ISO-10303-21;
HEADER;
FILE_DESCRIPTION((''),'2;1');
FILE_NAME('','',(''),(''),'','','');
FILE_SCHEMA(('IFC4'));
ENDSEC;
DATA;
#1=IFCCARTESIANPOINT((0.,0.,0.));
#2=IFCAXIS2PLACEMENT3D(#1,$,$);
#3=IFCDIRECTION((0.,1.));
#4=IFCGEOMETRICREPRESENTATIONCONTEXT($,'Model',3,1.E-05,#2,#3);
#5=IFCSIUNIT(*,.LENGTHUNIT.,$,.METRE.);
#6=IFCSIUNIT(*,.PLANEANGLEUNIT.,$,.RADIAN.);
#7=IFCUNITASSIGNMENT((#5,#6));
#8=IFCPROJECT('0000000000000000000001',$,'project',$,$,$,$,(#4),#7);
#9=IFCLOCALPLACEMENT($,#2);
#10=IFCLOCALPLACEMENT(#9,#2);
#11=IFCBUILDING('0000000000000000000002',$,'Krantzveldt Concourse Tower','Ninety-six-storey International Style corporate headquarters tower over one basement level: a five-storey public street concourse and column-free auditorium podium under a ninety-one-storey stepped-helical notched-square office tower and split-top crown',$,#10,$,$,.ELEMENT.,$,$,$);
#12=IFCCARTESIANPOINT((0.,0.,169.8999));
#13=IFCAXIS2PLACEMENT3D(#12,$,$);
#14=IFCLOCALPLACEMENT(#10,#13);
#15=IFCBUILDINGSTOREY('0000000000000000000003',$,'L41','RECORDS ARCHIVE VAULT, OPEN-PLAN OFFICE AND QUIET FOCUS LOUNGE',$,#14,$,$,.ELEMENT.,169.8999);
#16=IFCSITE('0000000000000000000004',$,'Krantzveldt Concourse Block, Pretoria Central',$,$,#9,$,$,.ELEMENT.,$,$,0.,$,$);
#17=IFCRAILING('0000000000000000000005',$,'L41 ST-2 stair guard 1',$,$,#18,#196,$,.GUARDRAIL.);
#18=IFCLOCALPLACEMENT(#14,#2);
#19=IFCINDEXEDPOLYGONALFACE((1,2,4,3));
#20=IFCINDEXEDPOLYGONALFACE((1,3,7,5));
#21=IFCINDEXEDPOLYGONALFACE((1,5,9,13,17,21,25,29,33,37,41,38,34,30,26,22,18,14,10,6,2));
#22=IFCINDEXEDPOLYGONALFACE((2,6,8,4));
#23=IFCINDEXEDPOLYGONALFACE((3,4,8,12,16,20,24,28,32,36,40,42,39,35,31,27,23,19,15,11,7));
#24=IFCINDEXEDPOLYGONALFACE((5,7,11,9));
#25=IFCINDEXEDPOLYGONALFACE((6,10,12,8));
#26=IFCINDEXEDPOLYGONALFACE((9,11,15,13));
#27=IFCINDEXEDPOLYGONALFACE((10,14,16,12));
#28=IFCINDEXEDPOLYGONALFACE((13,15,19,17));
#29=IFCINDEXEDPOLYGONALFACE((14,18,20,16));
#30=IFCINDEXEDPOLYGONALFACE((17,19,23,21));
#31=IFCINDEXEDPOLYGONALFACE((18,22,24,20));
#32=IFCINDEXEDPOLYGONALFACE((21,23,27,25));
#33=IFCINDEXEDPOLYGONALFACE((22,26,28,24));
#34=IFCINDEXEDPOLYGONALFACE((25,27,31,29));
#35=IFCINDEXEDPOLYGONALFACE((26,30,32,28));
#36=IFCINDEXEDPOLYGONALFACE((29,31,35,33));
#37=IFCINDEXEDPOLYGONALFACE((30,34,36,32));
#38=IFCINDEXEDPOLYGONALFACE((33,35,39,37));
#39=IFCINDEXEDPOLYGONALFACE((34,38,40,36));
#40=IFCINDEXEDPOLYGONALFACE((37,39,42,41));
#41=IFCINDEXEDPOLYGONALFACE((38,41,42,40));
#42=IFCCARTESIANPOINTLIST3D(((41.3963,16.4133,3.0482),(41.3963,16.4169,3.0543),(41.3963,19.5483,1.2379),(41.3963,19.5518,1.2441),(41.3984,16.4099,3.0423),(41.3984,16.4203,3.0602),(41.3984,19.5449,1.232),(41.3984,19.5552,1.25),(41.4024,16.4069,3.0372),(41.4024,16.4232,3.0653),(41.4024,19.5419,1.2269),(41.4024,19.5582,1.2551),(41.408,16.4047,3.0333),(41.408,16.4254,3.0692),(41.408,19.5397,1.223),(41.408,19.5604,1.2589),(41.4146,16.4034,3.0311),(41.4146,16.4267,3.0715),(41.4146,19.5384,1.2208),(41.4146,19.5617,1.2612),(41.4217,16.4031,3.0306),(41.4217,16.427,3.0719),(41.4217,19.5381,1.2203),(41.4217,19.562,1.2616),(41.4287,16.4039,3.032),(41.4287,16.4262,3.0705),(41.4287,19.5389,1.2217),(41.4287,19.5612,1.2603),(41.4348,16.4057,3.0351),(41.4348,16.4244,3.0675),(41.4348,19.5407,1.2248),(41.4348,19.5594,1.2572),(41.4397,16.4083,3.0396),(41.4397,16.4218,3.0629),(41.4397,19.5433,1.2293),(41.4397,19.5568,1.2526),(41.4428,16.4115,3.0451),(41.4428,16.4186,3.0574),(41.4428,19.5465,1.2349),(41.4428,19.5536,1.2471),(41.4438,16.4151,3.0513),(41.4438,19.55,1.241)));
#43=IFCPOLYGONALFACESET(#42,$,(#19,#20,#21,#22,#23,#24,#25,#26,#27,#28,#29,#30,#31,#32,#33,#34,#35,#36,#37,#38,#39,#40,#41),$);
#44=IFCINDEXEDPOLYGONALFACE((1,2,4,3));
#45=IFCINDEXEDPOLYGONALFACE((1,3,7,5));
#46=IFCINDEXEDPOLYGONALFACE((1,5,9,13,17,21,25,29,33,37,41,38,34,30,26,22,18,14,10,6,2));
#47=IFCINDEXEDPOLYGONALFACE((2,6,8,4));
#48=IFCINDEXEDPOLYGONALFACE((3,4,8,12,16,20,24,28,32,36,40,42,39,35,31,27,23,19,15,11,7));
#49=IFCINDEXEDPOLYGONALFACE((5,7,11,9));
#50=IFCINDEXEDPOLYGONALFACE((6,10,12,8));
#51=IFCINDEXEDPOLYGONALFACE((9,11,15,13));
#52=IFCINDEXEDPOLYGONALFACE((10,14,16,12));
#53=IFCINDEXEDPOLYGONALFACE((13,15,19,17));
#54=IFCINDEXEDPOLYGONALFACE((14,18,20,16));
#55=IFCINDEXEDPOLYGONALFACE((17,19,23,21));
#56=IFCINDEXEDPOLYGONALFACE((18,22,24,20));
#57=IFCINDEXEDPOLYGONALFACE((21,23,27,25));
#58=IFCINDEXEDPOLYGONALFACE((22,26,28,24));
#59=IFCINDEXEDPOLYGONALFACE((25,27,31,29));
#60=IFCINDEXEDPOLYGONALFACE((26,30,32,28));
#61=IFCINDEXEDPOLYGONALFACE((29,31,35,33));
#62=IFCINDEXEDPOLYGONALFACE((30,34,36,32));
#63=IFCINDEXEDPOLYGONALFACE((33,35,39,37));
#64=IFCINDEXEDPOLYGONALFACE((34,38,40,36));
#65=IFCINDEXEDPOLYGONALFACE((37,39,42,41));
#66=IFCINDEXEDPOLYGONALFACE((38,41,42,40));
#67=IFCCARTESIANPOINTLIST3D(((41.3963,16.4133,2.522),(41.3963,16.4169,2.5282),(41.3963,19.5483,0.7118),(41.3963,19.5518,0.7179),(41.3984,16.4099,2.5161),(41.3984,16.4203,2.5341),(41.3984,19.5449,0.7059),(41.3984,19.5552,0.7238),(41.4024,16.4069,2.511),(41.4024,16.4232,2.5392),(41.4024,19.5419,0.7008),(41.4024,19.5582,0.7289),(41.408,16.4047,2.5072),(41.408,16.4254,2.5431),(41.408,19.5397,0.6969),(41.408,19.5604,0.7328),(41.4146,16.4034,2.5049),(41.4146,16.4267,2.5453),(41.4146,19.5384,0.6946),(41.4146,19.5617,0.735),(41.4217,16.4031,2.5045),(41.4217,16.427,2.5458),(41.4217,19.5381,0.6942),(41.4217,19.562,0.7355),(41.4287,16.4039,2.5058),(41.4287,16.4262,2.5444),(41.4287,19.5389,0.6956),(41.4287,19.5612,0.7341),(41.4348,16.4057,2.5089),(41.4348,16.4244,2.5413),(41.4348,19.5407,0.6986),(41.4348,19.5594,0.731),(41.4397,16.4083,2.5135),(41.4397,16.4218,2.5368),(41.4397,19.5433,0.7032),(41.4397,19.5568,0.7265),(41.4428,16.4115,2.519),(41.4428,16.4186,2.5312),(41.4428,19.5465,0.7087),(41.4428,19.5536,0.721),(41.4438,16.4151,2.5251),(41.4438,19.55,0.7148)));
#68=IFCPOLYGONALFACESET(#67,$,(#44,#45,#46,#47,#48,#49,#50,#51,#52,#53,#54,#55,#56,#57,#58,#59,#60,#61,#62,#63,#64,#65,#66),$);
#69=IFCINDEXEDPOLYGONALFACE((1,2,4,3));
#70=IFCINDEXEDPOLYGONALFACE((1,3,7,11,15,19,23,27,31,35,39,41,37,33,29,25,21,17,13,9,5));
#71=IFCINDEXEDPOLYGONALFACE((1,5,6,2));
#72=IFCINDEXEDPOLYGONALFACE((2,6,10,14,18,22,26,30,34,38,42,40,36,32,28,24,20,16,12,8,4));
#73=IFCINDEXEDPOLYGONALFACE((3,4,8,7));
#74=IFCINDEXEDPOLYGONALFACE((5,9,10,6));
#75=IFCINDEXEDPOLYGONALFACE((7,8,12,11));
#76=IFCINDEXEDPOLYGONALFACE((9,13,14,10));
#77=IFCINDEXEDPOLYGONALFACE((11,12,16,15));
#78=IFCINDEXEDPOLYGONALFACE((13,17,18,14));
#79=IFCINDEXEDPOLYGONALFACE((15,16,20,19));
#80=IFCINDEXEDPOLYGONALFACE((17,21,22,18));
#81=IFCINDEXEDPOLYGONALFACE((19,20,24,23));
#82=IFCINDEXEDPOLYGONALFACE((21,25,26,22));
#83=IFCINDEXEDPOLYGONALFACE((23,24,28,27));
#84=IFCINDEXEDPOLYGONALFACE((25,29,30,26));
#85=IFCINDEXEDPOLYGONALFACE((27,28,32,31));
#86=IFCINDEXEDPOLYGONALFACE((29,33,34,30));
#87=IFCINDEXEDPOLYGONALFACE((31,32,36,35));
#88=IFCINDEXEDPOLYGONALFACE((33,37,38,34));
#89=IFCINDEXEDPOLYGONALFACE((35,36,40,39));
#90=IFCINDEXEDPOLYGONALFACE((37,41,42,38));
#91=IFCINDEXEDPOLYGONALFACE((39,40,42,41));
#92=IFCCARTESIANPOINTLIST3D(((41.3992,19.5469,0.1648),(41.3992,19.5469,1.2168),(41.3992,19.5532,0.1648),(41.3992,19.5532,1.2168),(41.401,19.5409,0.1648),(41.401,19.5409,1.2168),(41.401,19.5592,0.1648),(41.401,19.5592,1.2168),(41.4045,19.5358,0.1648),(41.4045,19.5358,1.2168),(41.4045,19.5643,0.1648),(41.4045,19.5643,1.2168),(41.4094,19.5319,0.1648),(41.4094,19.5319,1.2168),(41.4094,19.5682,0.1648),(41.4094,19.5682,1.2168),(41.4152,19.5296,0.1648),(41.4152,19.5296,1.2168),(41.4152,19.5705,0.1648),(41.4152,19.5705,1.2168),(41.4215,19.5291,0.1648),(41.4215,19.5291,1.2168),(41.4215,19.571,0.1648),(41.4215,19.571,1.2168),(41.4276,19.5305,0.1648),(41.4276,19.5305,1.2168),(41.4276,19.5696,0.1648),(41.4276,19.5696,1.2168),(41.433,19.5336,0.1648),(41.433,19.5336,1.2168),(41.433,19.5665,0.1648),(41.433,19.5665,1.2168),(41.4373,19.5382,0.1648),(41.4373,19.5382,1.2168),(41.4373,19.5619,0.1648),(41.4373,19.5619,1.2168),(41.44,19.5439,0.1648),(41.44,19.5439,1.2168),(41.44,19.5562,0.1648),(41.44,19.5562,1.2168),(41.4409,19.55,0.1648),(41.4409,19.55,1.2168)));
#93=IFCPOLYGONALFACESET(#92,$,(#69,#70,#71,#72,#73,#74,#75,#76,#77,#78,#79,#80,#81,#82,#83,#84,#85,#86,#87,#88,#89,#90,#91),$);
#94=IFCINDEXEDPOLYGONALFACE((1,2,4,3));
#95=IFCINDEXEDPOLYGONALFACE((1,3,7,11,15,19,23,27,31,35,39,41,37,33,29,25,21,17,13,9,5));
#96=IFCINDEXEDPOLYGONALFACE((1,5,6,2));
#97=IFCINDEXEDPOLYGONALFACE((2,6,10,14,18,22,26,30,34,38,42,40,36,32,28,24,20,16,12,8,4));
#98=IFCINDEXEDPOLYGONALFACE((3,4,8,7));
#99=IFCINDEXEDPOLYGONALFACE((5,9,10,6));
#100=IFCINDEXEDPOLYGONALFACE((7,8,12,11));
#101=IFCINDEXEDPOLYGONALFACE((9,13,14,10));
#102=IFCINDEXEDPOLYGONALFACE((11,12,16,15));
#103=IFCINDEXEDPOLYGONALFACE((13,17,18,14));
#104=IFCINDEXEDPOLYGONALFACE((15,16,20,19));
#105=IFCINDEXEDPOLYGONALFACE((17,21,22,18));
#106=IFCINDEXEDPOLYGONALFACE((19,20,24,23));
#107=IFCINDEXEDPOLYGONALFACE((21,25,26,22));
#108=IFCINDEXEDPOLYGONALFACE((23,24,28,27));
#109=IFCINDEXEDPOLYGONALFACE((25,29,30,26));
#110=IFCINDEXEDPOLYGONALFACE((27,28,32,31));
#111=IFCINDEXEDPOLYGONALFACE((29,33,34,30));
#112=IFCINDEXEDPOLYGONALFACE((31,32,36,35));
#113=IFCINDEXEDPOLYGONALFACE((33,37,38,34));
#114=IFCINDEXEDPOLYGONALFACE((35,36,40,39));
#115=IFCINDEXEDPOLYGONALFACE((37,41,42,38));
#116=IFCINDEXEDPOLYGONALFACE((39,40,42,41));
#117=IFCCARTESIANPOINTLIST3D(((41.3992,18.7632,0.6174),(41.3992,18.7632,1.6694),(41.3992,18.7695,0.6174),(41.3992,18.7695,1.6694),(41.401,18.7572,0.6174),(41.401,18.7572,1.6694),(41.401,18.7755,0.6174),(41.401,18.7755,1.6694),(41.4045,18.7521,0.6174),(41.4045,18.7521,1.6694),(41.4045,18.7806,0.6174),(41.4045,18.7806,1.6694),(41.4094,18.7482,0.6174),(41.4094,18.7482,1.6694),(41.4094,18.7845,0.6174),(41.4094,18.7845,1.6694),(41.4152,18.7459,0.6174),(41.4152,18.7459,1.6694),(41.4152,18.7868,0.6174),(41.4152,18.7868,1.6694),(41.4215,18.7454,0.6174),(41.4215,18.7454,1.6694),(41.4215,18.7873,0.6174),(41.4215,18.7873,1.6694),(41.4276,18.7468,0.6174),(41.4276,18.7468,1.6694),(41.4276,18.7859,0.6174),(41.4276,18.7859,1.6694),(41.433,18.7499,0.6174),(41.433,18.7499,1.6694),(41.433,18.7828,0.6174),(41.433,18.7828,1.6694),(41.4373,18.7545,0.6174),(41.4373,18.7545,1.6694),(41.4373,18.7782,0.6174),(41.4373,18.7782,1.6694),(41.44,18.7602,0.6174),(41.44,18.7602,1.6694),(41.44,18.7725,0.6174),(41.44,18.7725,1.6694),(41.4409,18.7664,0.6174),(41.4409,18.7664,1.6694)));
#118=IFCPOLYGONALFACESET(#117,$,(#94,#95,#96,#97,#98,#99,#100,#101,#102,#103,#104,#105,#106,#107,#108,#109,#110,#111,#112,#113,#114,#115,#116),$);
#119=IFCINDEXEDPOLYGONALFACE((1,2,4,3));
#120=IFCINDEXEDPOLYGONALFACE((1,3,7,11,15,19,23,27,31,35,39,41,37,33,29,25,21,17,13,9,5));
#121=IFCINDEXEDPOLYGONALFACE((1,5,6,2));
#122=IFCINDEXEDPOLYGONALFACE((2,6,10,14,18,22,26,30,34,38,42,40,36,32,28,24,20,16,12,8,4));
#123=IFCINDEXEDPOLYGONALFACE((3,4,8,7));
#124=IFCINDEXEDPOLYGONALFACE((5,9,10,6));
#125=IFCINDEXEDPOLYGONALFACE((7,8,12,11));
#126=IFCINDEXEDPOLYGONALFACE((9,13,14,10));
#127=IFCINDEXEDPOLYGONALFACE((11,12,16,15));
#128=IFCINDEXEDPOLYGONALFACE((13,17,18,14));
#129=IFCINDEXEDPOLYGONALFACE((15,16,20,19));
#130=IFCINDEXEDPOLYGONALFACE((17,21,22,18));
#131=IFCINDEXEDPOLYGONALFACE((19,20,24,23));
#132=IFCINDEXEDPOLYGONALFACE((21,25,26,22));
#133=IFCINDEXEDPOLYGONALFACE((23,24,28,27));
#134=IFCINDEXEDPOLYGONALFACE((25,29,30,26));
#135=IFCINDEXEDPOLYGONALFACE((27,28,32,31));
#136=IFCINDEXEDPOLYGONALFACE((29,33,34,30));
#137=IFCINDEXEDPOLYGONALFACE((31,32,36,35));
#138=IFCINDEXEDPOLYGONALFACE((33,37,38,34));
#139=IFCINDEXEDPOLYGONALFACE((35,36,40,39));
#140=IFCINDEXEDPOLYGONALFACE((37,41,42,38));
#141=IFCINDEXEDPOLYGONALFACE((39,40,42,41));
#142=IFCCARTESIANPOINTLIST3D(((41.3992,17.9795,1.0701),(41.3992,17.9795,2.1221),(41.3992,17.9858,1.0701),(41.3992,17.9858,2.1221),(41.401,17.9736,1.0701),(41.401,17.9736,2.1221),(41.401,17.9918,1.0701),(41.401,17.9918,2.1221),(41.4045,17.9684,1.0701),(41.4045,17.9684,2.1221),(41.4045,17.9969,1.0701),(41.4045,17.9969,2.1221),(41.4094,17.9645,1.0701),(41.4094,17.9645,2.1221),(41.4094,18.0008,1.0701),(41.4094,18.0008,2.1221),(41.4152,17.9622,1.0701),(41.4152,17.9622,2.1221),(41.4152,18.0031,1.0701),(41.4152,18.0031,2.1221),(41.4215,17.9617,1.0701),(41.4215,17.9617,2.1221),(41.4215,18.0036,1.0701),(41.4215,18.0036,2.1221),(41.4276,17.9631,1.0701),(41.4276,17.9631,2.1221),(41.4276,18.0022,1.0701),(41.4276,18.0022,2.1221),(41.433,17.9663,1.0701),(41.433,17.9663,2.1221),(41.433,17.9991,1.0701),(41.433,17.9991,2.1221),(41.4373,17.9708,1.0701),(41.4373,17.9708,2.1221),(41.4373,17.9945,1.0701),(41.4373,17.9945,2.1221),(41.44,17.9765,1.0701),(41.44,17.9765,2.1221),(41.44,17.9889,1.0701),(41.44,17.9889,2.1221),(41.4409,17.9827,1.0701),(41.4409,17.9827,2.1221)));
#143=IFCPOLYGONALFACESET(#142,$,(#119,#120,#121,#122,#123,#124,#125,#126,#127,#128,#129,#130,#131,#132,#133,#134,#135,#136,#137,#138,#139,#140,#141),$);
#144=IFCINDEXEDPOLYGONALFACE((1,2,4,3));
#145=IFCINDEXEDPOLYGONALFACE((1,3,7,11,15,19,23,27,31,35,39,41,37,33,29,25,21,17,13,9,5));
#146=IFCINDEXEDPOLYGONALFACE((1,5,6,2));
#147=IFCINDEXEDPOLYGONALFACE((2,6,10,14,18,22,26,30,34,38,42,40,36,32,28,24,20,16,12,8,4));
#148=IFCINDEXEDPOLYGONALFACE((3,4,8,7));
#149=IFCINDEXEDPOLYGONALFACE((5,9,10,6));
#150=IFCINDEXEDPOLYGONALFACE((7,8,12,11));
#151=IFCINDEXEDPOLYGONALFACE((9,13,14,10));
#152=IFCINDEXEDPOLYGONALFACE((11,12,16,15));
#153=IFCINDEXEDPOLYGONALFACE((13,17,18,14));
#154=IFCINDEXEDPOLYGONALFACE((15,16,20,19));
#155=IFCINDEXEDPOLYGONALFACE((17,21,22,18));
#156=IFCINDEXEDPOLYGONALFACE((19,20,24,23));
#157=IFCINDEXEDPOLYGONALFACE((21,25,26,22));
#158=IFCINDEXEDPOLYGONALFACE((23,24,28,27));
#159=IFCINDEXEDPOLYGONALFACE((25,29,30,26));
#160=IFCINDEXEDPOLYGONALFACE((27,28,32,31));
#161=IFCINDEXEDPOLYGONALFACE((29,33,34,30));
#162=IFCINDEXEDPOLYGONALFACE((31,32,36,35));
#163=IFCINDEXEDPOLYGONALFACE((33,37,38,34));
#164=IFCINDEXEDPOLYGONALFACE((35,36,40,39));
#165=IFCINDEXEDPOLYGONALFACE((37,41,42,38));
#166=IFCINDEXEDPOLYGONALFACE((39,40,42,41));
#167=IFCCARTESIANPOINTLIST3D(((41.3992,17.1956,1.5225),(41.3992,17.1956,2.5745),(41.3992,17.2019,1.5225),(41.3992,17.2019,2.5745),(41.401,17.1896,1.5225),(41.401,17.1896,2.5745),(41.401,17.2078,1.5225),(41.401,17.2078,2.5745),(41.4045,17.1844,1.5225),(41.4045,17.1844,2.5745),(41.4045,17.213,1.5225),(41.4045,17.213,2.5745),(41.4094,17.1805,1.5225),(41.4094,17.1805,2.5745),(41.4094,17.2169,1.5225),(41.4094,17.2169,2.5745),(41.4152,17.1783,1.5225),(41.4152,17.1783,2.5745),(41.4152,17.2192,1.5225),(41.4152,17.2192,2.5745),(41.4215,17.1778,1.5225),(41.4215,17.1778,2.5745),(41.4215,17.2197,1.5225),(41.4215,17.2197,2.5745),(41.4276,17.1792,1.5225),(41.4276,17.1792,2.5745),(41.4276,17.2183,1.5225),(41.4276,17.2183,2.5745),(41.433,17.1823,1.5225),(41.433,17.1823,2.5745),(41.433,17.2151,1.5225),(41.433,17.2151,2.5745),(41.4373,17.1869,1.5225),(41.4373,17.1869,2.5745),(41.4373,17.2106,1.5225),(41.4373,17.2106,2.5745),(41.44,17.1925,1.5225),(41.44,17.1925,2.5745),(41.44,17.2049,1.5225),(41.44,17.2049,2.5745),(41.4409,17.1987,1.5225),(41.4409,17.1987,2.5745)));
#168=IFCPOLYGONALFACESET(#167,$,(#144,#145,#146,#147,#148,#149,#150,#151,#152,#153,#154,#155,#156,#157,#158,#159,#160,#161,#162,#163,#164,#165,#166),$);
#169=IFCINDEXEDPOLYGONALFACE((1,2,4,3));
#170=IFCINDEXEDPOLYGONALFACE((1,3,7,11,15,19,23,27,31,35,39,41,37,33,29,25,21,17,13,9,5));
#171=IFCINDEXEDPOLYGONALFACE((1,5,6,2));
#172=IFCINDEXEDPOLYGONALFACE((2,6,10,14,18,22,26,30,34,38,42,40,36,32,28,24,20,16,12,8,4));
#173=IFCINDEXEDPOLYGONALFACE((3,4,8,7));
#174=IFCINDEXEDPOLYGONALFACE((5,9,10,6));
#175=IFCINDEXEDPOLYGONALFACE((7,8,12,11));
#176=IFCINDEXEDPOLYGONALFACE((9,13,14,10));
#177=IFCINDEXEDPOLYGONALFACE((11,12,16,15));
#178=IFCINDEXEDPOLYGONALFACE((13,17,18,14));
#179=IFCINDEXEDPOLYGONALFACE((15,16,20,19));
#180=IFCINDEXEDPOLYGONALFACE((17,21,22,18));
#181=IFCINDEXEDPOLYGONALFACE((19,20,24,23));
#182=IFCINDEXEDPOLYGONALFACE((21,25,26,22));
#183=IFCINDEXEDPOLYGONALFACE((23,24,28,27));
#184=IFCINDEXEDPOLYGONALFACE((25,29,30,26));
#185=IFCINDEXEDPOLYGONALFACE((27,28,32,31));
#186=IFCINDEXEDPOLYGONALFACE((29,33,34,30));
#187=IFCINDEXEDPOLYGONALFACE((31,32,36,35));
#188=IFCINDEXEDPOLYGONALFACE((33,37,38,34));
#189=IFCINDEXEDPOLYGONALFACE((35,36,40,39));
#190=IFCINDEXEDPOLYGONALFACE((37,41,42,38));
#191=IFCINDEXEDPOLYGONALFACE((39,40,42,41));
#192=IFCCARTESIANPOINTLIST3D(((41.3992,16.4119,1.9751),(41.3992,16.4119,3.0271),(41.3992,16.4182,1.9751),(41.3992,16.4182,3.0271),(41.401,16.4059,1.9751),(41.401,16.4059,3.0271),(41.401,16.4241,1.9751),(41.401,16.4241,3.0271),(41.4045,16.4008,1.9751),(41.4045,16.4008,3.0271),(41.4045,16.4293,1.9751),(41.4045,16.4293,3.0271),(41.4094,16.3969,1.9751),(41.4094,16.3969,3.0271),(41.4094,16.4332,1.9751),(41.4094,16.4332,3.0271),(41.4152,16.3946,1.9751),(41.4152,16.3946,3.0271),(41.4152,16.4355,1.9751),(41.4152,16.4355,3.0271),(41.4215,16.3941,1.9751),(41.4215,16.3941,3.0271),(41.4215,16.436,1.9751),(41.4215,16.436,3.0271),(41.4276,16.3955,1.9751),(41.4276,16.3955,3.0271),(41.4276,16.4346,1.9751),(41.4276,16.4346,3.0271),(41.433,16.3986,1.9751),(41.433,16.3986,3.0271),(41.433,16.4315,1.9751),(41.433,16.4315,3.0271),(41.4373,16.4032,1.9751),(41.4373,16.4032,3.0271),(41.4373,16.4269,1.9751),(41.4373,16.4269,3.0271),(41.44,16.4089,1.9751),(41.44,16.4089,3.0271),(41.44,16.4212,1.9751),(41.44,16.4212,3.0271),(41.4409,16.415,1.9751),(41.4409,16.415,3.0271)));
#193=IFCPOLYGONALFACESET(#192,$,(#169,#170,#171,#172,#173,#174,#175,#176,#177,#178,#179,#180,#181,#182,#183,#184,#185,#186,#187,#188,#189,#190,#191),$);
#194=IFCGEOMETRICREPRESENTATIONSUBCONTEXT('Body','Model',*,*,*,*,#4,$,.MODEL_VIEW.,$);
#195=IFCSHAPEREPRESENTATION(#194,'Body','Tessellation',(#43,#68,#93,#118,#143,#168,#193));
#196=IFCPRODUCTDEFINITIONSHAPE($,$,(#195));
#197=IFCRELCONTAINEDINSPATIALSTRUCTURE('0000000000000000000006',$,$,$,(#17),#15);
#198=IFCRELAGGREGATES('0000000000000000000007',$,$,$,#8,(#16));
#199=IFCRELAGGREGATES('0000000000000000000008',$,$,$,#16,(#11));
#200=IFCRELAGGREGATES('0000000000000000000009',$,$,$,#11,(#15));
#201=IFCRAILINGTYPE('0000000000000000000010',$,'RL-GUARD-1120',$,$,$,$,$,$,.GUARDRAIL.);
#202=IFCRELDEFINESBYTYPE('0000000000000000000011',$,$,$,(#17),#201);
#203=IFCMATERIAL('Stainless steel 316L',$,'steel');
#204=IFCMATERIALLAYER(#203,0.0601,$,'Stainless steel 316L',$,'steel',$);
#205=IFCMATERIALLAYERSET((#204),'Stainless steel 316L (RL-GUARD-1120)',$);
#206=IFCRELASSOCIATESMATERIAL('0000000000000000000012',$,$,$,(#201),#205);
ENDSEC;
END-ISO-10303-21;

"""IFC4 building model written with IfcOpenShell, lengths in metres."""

from ifc_helpers import new_model, si_unit, direction, frame, origin, origin_2d, place, context, subcontext, project, spatial, circle, extrude, material, layer, layer_set, type_object, element, save


model = new_model("IFC4")

# Units and contexts
model_context = context("Model", 3, precision=1e-05, world=origin(), true_north=direction((0.0, 1.0)))
body_context = subcontext(model_context, "Body", "Model", "MODEL_VIEW")
ifc_project = project(units=[si_unit("LENGTHUNIT", "METRE"), si_unit("PLANEANGLEUNIT", "RADIAN")], contexts=[model_context])

# Site, building, storey
site_placement = place(None, origin())
site = spatial("IfcSite", under=ifc_project, at=site_placement, Name="Krantzveldt Concourse Block, Pretoria Central", CompositionType="ELEMENT", RefElevation=0.0)
building_placement = place(site_placement, origin())
building = spatial("IfcBuilding", under=site, at=building_placement, Name="Krantzveldt Concourse Tower", Description="Ninety-six-storey International Style corporate headquarters tower over one basement level: a five-storey public street concourse and column-free auditorium podium under a ninety-one-storey stepped-helical notched-square office tower and split-top crown", CompositionType="ELEMENT")
storey_placement = place(building_placement, frame((0.0, 0.0, 169.8999)))
storey = spatial("IfcBuildingStorey", under=building, at=storey_placement, Name="L41", Description="RECORDS ARCHIVE VAULT, OPEN-PLAN OFFICE AND QUIET FOCUS LOUNGE", CompositionType="ELEMENT", Elevation=169.8999)

# Shared definitions
ifc_material_1 = material(Name="Stainless steel 316L", Category="steel")

# Railing
ifc_layer_1 = layer(ifc_material_1, 0.0601, Name="Stainless steel 316L", Category="steel")
ifc_layer_set_1 = layer_set([ifc_layer_1], Name="Stainless steel 316L (RL-GUARD-1120)")
railing_type_1 = type_object("IfcRailingType", Name="RL-GUARD-1120", PredefinedType="GUARDRAIL", material=ifc_layer_set_1)
railing_1_placement = place(storey_placement, frame((41.4199, 19.55, 0.1648)))
element("IfcRailing", 1, at=railing_1_placement, inside=storey, type_object=railing_type_1, Name="L41 ST-2 stair guard 1", PredefinedType="GUARDRAIL", context=body_context, shape_type="SweptSolid", body=[
    extrude(circle(Radius=0.0239, at=origin_2d()), frame((0.0, 0.0, 1.0762), z_axis=(0.0, -0.865989, 0.500063), x_axis=(1.0, 0.0, 0.0)), (0.0, 0.0, 1.0), 3.6201),
    extrude(circle(Radius=0.0239, at=origin_2d()), frame((0.0, 0.0, 0.55), z_axis=(0.0, -0.865989, 0.500063), x_axis=(1.0, 0.0, 0.0)), (0.0, 0.0, 1.0), 3.6201),
    extrude(circle(Radius=0.021, at=origin_2d()), origin(), (0.0, 0.0, 1.0), 1.052),
    extrude(circle(Radius=0.021, at=origin_2d()), frame((0.0, -0.7837, 0.4526)), (0.0, 0.0, 1.0), 1.052),
    extrude(circle(Radius=0.021, at=origin_2d()), frame((0.0, -1.5674, 0.9053)), (0.0, 0.0, 1.0), 1.052),
    extrude(circle(Radius=0.021, at=origin_2d()), frame((0.0, -2.3513, 1.3577)), (0.0, 0.0, 1.0), 1.052),
    extrude(circle(Radius=0.021, at=origin_2d()), frame((0.0, -3.135, 1.8103)), (0.0, 0.0, 1.0), 1.052),
])

save(model, "model.ifc")
